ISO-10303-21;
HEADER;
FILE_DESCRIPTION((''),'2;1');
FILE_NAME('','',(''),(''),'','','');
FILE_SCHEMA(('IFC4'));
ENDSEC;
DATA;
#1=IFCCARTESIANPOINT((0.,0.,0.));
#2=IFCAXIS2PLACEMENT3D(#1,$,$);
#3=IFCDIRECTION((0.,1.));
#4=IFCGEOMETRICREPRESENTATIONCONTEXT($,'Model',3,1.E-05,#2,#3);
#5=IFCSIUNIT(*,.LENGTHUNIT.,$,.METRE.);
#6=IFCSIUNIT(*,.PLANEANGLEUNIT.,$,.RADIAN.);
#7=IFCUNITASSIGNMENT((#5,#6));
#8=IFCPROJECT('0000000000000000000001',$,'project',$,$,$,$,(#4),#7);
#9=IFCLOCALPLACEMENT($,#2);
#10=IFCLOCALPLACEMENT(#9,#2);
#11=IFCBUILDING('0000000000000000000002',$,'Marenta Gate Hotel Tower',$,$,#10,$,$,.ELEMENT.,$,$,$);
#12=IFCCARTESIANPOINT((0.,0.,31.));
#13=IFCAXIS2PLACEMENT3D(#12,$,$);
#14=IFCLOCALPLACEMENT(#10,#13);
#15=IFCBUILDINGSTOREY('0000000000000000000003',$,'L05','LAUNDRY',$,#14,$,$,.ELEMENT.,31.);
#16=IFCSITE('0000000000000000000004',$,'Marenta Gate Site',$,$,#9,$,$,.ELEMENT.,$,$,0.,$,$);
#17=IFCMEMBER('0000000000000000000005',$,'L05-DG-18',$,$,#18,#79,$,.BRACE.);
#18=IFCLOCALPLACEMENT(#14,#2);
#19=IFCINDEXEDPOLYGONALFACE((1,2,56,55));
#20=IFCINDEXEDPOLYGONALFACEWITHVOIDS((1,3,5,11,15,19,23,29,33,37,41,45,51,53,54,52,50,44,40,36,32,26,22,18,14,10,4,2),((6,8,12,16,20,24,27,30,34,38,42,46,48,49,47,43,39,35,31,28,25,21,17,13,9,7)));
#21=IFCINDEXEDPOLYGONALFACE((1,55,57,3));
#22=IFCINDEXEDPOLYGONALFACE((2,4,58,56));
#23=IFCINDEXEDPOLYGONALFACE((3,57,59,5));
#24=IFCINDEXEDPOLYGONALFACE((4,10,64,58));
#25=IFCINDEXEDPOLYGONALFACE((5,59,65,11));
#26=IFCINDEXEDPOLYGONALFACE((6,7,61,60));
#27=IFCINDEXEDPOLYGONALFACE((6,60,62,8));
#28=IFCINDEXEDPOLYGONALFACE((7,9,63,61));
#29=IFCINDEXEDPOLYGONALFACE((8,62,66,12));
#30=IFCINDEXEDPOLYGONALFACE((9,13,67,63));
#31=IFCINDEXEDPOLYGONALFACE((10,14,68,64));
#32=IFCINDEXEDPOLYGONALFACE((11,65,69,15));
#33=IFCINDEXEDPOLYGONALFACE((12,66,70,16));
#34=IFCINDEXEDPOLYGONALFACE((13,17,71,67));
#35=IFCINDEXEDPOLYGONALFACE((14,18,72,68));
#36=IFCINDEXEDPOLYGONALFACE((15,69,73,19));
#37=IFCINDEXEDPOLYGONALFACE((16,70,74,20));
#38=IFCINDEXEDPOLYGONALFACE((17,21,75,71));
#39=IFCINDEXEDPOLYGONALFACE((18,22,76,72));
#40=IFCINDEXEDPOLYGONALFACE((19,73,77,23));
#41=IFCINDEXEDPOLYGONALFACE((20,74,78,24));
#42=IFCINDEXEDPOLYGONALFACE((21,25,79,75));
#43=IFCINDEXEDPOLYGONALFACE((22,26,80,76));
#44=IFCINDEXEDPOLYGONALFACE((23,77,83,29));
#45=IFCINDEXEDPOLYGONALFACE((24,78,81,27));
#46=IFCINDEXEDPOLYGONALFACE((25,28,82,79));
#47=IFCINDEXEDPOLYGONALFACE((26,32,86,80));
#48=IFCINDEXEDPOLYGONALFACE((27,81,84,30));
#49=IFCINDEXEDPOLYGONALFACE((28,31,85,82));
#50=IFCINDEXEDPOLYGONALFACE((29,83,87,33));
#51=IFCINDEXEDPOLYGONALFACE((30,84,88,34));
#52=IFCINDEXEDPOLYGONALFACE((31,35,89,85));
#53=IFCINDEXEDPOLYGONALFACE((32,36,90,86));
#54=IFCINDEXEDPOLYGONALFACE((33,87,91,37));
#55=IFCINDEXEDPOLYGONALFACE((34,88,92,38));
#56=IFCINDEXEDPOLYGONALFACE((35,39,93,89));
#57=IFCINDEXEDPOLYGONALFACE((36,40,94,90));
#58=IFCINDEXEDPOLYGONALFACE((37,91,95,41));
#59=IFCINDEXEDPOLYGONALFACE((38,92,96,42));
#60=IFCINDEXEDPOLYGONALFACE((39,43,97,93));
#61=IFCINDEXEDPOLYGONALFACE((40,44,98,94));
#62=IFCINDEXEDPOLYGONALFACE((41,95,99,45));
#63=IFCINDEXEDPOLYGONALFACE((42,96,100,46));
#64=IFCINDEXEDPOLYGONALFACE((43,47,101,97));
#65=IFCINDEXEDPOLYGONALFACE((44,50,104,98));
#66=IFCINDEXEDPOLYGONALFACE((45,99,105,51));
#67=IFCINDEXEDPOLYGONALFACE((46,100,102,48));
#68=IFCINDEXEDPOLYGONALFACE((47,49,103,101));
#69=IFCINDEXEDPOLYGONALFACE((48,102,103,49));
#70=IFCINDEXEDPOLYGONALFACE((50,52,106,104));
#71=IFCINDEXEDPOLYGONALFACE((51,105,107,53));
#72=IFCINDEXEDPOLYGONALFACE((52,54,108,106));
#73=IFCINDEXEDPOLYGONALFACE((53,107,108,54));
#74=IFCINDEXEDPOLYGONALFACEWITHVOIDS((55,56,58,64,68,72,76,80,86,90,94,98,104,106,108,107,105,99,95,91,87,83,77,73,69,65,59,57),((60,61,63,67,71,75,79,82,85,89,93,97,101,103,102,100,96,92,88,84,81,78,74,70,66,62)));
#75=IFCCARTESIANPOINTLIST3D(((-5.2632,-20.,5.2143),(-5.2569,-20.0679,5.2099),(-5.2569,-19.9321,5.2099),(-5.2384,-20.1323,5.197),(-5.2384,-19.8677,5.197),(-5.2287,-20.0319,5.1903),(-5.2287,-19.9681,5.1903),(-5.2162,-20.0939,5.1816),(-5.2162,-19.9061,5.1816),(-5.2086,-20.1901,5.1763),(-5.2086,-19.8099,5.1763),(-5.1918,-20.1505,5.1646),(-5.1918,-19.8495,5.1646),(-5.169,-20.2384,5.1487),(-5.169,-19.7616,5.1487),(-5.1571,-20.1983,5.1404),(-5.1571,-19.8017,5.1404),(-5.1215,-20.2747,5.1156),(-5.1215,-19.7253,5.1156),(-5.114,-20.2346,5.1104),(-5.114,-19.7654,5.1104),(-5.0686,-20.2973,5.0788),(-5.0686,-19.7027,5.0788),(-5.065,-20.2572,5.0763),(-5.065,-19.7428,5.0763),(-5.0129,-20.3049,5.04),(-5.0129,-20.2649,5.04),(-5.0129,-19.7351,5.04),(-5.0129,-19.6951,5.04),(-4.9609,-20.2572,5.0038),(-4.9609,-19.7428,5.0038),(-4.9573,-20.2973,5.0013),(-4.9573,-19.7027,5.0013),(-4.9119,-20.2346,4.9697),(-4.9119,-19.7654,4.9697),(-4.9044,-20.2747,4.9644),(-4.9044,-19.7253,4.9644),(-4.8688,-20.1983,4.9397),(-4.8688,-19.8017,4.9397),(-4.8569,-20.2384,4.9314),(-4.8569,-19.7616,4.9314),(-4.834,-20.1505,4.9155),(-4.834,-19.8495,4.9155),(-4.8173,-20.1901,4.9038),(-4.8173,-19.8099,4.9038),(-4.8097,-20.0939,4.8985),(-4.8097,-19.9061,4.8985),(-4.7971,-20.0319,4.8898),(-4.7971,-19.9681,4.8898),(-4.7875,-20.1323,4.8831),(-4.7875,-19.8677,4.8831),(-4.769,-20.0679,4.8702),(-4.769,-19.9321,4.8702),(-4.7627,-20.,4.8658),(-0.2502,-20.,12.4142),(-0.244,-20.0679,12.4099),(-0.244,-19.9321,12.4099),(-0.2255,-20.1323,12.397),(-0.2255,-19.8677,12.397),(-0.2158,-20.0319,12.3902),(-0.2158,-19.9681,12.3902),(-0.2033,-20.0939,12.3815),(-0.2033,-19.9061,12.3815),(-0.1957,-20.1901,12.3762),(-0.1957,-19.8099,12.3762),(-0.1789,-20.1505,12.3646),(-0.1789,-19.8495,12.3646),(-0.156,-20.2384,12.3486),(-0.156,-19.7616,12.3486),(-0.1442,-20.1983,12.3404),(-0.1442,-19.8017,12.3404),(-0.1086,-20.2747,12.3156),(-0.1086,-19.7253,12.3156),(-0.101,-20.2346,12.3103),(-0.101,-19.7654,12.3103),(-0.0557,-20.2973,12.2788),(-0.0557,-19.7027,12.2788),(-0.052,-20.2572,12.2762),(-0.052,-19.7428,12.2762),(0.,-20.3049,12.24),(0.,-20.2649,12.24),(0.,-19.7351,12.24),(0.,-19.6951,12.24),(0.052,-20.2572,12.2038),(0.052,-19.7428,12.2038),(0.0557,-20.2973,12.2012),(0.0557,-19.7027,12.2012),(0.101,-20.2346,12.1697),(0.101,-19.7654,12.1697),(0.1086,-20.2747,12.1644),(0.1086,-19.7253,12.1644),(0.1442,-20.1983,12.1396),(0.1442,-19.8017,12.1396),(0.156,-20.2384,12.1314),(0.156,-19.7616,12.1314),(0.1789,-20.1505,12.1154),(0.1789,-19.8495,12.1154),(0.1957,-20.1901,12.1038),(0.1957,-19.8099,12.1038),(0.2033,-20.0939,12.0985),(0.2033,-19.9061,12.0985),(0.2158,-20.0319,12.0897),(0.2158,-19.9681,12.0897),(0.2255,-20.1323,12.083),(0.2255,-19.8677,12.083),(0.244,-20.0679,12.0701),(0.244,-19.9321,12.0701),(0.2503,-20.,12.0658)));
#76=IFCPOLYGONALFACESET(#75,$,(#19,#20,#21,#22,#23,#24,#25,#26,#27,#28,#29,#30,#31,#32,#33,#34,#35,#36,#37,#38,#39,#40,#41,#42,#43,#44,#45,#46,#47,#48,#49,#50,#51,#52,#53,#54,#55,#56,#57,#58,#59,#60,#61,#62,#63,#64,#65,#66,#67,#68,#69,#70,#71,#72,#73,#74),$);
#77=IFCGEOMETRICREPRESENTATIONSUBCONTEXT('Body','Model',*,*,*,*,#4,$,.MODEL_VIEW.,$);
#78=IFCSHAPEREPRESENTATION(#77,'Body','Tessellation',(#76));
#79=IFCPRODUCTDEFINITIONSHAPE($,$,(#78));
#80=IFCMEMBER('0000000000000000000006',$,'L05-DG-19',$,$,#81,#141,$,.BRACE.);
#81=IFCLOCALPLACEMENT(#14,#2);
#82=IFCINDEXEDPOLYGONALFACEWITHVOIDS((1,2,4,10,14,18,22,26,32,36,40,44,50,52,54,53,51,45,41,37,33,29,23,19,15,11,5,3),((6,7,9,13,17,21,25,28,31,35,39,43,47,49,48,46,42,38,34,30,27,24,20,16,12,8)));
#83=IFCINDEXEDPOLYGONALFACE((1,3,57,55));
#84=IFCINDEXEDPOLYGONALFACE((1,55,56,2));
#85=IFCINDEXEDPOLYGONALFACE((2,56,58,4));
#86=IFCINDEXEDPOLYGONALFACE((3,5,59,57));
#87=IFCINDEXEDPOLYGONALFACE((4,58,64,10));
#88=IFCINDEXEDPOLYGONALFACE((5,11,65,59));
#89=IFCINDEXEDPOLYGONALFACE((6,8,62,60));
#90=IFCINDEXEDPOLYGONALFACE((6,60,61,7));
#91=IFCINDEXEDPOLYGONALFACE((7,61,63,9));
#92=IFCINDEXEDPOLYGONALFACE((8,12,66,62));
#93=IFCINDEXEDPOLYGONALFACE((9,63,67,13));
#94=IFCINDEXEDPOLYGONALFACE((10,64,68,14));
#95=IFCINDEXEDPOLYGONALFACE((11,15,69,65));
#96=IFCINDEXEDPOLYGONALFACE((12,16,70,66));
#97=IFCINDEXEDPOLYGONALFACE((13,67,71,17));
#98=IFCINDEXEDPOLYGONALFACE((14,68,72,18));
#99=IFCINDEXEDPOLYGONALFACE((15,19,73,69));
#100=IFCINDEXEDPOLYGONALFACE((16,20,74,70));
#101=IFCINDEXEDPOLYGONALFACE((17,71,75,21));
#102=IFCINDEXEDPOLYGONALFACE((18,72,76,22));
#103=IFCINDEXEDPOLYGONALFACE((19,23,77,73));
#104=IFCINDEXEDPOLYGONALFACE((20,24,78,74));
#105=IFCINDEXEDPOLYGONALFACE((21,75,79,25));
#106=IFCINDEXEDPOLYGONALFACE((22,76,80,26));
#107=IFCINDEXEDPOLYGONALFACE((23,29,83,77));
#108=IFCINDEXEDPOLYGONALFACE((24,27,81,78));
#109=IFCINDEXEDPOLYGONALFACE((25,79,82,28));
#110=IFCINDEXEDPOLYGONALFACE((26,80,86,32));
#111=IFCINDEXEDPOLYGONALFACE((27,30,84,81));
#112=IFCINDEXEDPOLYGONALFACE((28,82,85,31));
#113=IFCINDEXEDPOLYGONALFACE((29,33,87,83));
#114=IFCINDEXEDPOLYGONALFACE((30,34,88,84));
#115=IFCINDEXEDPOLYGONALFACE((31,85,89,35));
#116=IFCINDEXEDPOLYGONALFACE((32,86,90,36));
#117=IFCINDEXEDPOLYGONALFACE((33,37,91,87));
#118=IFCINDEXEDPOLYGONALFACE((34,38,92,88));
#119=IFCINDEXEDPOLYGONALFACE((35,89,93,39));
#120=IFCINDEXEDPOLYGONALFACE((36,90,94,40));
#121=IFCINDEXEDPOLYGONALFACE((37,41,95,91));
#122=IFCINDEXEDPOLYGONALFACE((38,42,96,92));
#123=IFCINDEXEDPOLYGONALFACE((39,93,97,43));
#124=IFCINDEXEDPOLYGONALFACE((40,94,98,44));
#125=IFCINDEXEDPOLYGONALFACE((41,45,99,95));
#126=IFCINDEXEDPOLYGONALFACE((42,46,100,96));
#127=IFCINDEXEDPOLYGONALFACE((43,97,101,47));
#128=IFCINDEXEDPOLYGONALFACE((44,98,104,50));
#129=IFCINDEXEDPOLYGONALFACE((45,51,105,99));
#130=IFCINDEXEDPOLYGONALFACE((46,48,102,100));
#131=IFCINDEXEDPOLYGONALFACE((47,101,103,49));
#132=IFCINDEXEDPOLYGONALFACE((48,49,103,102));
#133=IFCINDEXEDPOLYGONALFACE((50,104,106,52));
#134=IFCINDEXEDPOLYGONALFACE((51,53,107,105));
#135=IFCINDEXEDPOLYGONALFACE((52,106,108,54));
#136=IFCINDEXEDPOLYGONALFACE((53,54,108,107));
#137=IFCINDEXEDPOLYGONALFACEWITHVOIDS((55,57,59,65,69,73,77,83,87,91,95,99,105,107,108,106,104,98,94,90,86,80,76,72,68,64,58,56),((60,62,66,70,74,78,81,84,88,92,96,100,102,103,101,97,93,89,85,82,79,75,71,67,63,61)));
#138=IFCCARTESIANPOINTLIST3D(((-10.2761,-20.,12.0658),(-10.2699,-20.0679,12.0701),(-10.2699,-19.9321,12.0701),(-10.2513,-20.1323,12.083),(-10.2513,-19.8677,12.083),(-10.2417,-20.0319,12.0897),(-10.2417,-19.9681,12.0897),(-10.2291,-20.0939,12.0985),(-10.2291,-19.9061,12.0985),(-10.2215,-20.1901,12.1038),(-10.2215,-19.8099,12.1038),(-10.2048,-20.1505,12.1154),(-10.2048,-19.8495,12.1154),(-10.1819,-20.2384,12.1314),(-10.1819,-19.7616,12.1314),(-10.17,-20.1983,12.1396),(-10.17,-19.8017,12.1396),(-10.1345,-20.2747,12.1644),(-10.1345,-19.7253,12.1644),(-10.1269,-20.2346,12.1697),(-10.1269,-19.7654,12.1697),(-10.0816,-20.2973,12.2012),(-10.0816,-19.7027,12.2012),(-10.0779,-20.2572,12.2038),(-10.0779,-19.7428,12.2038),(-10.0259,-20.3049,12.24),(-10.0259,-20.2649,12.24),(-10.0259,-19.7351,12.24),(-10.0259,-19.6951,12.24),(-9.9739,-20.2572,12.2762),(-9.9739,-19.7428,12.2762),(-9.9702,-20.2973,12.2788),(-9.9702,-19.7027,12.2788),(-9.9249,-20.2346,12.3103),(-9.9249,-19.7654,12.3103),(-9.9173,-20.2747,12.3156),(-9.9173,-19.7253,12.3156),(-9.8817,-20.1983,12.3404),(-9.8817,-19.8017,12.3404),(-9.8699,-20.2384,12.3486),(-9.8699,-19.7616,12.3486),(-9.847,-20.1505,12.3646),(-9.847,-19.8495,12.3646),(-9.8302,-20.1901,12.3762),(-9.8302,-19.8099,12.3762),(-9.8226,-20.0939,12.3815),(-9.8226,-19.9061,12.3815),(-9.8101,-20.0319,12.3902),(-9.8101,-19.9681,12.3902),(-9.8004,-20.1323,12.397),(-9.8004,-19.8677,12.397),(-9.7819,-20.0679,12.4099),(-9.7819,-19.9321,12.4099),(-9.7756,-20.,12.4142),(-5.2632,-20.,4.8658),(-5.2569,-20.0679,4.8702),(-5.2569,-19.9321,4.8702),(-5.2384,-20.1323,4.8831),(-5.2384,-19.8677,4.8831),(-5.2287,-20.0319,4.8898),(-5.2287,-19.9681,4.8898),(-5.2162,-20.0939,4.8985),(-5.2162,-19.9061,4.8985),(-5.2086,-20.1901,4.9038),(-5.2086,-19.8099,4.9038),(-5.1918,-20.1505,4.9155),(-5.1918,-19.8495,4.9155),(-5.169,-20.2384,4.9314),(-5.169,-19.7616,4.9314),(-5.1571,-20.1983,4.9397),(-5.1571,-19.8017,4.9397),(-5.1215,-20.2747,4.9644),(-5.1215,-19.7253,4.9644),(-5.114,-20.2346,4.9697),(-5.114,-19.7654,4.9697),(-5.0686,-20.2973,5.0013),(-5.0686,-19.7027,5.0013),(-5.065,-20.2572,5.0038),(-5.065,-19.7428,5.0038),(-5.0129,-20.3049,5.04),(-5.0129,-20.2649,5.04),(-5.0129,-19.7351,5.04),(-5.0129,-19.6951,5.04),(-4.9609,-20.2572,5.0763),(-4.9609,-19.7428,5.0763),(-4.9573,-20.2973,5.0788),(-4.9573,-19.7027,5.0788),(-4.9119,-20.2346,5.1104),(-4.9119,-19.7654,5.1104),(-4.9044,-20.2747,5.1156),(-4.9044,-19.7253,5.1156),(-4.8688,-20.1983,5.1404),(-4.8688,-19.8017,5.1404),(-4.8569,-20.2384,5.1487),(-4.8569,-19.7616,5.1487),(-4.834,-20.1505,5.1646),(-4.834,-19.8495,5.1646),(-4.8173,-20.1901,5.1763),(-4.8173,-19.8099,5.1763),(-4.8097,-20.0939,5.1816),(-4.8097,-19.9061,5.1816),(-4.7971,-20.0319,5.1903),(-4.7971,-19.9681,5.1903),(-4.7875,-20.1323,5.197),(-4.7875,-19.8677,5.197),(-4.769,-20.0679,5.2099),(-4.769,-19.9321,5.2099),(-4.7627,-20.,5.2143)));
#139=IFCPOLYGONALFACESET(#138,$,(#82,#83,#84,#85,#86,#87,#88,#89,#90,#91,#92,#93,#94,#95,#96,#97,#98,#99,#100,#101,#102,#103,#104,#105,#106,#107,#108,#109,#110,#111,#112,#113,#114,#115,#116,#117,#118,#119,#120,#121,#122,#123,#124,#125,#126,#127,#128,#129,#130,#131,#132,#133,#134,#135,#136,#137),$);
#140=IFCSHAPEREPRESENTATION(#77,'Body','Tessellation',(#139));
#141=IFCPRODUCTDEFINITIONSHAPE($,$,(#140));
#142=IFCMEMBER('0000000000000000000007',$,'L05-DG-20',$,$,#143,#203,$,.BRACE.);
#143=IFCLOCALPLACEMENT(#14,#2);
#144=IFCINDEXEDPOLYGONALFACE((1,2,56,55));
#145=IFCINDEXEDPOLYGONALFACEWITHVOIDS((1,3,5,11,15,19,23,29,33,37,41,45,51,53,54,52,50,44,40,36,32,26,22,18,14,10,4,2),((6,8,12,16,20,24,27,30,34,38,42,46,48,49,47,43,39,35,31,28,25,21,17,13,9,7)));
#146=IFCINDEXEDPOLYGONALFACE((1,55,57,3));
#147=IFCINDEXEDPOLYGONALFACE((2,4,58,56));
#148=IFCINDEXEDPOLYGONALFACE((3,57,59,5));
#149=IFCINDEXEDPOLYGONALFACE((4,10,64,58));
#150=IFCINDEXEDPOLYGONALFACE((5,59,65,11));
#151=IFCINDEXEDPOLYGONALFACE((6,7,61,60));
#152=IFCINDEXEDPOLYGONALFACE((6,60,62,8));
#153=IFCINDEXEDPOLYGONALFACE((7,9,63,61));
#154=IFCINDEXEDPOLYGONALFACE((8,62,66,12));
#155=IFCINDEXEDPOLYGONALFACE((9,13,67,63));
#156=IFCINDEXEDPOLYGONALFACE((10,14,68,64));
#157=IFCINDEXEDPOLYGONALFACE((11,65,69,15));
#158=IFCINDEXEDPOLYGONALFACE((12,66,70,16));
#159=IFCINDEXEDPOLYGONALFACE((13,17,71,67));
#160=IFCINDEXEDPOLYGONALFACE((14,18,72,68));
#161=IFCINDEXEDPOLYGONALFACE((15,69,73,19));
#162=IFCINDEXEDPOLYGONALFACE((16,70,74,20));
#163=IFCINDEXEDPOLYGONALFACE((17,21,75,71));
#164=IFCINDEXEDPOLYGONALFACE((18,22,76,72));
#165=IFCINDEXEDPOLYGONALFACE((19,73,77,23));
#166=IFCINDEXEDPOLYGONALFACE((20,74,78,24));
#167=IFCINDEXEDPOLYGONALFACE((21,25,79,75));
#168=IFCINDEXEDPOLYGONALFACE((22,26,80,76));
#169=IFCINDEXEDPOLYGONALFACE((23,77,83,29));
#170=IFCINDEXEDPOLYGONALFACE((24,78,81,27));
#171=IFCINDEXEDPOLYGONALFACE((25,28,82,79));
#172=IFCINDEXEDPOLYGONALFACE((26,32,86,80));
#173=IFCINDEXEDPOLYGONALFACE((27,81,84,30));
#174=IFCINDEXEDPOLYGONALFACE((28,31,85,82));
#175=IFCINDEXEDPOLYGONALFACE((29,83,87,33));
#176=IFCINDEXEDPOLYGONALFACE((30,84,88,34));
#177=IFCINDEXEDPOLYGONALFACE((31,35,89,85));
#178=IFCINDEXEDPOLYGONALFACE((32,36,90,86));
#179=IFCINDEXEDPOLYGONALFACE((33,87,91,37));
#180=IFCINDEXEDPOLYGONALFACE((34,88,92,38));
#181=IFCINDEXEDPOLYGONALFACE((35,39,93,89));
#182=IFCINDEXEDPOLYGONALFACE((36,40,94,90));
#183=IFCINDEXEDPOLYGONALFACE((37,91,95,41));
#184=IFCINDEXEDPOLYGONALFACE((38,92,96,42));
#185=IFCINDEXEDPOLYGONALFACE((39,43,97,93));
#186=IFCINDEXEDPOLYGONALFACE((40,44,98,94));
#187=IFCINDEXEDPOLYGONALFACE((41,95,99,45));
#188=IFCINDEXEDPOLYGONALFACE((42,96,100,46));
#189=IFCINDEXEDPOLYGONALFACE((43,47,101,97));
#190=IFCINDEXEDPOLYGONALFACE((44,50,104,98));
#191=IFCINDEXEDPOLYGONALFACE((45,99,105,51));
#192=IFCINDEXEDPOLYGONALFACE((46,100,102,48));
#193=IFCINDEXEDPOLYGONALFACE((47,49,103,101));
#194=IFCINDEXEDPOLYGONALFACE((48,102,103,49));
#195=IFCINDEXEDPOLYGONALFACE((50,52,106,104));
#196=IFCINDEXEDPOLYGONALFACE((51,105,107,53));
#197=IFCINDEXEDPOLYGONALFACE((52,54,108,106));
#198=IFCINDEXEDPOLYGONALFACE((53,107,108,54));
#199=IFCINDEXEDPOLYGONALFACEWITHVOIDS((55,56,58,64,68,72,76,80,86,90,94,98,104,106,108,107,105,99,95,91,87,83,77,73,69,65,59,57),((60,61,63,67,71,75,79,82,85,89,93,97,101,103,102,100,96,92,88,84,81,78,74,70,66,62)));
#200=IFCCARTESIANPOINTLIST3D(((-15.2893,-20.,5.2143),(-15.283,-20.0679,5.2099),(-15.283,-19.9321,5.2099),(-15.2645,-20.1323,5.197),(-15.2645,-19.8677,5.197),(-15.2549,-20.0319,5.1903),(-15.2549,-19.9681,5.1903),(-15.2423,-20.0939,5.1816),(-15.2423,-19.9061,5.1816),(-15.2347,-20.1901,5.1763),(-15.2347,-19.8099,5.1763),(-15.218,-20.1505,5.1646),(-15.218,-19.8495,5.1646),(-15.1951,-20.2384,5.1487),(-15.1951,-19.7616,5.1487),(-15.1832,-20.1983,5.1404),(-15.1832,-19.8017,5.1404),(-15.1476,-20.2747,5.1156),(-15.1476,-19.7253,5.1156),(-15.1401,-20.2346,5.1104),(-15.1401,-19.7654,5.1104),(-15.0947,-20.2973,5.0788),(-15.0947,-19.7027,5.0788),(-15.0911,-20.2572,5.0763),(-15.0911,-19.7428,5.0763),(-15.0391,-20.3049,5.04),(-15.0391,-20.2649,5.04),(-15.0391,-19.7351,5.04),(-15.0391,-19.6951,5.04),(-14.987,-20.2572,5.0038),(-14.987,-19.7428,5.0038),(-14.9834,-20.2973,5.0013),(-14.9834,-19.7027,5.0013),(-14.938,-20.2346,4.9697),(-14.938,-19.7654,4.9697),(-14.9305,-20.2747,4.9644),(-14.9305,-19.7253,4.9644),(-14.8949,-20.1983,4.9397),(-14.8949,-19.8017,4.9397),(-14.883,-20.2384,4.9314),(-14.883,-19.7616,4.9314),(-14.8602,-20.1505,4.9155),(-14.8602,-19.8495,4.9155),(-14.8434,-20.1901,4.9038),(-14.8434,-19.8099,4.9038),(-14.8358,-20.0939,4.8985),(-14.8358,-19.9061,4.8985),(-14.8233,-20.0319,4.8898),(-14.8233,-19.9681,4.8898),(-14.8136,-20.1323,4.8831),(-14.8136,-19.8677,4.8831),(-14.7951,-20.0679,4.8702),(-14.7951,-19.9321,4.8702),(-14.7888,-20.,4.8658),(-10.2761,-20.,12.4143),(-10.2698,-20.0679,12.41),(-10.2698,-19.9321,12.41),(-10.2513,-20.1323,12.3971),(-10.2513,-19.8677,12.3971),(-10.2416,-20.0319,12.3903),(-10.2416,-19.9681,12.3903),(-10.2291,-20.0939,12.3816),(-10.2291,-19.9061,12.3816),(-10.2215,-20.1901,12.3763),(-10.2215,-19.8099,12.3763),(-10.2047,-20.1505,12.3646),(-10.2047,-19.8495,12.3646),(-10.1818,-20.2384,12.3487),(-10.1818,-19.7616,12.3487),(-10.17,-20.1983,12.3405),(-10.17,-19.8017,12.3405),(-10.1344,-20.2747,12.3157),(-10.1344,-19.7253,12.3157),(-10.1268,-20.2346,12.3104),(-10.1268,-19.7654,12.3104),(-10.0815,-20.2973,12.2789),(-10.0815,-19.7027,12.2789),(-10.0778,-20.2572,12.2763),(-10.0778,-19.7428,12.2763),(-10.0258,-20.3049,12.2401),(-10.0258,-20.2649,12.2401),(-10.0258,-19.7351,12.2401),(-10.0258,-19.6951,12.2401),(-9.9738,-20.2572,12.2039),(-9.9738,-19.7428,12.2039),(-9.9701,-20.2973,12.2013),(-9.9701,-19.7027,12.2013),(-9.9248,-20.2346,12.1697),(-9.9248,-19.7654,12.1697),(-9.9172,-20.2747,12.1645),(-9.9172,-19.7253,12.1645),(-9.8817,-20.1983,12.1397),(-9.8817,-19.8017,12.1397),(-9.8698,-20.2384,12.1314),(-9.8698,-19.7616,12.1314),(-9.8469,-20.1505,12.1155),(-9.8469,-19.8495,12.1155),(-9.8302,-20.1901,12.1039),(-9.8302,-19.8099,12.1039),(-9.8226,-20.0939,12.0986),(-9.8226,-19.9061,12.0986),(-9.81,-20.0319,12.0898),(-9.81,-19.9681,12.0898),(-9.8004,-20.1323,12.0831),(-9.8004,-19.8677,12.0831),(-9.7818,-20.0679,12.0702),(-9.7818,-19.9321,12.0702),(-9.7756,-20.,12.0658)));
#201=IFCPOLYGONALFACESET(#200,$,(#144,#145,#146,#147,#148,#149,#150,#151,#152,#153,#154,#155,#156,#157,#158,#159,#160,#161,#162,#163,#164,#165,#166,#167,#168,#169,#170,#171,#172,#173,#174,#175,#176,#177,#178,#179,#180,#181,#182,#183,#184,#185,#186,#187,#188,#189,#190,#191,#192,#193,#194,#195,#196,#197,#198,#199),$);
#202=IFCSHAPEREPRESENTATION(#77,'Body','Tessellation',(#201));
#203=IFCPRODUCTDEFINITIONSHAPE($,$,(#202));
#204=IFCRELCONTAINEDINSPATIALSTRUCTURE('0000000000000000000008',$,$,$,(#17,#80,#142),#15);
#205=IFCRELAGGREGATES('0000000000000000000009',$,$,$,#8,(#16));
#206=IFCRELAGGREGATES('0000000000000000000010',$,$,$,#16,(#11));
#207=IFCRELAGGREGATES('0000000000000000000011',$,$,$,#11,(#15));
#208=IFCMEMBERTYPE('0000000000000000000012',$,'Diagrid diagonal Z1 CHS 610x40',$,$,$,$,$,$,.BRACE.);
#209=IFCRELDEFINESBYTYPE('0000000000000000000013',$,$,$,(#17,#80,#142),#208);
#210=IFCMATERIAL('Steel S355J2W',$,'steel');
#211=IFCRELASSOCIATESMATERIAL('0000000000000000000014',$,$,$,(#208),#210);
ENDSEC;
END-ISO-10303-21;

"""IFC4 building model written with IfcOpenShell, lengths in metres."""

from ifc_helpers import new_model, si_unit, direction, frame, origin, origin_2d, place, context, subcontext, project, spatial, hollow_circle, extrude, material, material_profile, profile_set, type_object, element, save


model = new_model("IFC4")

# Units and contexts
model_context = context("Model", 3, precision=1e-05, world=origin(), true_north=direction((0.0, 1.0)))
body_context = subcontext(model_context, "Body", "Model", "MODEL_VIEW")
ifc_project = project(units=[si_unit("LENGTHUNIT", "METRE"), si_unit("PLANEANGLEUNIT", "RADIAN")], contexts=[model_context])

# Site, building, storey
site_placement = place(None, origin())
site = spatial("IfcSite", under=ifc_project, at=site_placement, Name="Marenta Gate Site", CompositionType="ELEMENT", RefElevation=0.0)
building_placement = place(site_placement, origin())
building = spatial("IfcBuilding", under=site, at=building_placement, Name="Marenta Gate Hotel Tower", CompositionType="ELEMENT")
storey_placement = place(building_placement, frame((0.0, 0.0, 31.0)))
storey = spatial("IfcBuildingStorey", under=building, at=storey_placement, Name="L05", Description="LAUNDRY", CompositionType="ELEMENT", Elevation=31.0)

# Members
ifc_material_1 = material(Name="Steel S355J2W", Category="steel")
ifc_material_profile_1 = material_profile(ifc_material_1, hollow_circle(Radius=0.3049, WallThickness=0.04, at=origin_2d()), Name="CHS 610x40")
ifc_profile_set_1 = profile_set([ifc_material_profile_1], Name="Steel S355J2W")
member_type_1 = type_object("IfcMemberType", Name="Diagrid diagonal Z1 CHS 610x40", PredefinedType="BRACE", material=ifc_profile_set_1)
for number, where, z_axis, x_axis, name in (
    (1, (-5.0129, -20.0, 5.04), (0.571393, 0.0, 0.820677), (0.0, 1.0, 0.0), "L05-DG-18"),
    (2, (-5.0129, -20.0, 5.04), (-0.571393, 0.0, 0.820677), (0.0, -1.0, 0.0), "L05-DG-19"),
):
    element("IfcMember", number, at=place(storey_placement, frame(where, z_axis=z_axis, x_axis=x_axis)), inside=storey, type_object=member_type_1, Name=name, PredefinedType="BRACE", context=body_context, shape_type="SweptSolid", body=[
        extrude(hollow_circle(Radius=0.3049, WallThickness=0.04, at=origin_2d()), origin(), (0.0, 0.0, 1.0), 8.7732),
    ])
member_1_placement = place(storey_placement, frame((-15.0391, -20.0, 5.04), z_axis=(0.571412, 0.0, 0.820664), x_axis=(0.0, 1.0, 0.0)))
element("IfcMember", 3, at=member_1_placement, inside=storey, type_object=member_type_1, Name="L05-DG-20", PredefinedType="BRACE", context=body_context, shape_type="SweptSolid", body=[
    extrude(hollow_circle(Radius=0.3049, WallThickness=0.04, at=origin_2d()), origin(), (0.0, 0.0, 1.0), 8.7734),
])

save(model, "model.ifc")
